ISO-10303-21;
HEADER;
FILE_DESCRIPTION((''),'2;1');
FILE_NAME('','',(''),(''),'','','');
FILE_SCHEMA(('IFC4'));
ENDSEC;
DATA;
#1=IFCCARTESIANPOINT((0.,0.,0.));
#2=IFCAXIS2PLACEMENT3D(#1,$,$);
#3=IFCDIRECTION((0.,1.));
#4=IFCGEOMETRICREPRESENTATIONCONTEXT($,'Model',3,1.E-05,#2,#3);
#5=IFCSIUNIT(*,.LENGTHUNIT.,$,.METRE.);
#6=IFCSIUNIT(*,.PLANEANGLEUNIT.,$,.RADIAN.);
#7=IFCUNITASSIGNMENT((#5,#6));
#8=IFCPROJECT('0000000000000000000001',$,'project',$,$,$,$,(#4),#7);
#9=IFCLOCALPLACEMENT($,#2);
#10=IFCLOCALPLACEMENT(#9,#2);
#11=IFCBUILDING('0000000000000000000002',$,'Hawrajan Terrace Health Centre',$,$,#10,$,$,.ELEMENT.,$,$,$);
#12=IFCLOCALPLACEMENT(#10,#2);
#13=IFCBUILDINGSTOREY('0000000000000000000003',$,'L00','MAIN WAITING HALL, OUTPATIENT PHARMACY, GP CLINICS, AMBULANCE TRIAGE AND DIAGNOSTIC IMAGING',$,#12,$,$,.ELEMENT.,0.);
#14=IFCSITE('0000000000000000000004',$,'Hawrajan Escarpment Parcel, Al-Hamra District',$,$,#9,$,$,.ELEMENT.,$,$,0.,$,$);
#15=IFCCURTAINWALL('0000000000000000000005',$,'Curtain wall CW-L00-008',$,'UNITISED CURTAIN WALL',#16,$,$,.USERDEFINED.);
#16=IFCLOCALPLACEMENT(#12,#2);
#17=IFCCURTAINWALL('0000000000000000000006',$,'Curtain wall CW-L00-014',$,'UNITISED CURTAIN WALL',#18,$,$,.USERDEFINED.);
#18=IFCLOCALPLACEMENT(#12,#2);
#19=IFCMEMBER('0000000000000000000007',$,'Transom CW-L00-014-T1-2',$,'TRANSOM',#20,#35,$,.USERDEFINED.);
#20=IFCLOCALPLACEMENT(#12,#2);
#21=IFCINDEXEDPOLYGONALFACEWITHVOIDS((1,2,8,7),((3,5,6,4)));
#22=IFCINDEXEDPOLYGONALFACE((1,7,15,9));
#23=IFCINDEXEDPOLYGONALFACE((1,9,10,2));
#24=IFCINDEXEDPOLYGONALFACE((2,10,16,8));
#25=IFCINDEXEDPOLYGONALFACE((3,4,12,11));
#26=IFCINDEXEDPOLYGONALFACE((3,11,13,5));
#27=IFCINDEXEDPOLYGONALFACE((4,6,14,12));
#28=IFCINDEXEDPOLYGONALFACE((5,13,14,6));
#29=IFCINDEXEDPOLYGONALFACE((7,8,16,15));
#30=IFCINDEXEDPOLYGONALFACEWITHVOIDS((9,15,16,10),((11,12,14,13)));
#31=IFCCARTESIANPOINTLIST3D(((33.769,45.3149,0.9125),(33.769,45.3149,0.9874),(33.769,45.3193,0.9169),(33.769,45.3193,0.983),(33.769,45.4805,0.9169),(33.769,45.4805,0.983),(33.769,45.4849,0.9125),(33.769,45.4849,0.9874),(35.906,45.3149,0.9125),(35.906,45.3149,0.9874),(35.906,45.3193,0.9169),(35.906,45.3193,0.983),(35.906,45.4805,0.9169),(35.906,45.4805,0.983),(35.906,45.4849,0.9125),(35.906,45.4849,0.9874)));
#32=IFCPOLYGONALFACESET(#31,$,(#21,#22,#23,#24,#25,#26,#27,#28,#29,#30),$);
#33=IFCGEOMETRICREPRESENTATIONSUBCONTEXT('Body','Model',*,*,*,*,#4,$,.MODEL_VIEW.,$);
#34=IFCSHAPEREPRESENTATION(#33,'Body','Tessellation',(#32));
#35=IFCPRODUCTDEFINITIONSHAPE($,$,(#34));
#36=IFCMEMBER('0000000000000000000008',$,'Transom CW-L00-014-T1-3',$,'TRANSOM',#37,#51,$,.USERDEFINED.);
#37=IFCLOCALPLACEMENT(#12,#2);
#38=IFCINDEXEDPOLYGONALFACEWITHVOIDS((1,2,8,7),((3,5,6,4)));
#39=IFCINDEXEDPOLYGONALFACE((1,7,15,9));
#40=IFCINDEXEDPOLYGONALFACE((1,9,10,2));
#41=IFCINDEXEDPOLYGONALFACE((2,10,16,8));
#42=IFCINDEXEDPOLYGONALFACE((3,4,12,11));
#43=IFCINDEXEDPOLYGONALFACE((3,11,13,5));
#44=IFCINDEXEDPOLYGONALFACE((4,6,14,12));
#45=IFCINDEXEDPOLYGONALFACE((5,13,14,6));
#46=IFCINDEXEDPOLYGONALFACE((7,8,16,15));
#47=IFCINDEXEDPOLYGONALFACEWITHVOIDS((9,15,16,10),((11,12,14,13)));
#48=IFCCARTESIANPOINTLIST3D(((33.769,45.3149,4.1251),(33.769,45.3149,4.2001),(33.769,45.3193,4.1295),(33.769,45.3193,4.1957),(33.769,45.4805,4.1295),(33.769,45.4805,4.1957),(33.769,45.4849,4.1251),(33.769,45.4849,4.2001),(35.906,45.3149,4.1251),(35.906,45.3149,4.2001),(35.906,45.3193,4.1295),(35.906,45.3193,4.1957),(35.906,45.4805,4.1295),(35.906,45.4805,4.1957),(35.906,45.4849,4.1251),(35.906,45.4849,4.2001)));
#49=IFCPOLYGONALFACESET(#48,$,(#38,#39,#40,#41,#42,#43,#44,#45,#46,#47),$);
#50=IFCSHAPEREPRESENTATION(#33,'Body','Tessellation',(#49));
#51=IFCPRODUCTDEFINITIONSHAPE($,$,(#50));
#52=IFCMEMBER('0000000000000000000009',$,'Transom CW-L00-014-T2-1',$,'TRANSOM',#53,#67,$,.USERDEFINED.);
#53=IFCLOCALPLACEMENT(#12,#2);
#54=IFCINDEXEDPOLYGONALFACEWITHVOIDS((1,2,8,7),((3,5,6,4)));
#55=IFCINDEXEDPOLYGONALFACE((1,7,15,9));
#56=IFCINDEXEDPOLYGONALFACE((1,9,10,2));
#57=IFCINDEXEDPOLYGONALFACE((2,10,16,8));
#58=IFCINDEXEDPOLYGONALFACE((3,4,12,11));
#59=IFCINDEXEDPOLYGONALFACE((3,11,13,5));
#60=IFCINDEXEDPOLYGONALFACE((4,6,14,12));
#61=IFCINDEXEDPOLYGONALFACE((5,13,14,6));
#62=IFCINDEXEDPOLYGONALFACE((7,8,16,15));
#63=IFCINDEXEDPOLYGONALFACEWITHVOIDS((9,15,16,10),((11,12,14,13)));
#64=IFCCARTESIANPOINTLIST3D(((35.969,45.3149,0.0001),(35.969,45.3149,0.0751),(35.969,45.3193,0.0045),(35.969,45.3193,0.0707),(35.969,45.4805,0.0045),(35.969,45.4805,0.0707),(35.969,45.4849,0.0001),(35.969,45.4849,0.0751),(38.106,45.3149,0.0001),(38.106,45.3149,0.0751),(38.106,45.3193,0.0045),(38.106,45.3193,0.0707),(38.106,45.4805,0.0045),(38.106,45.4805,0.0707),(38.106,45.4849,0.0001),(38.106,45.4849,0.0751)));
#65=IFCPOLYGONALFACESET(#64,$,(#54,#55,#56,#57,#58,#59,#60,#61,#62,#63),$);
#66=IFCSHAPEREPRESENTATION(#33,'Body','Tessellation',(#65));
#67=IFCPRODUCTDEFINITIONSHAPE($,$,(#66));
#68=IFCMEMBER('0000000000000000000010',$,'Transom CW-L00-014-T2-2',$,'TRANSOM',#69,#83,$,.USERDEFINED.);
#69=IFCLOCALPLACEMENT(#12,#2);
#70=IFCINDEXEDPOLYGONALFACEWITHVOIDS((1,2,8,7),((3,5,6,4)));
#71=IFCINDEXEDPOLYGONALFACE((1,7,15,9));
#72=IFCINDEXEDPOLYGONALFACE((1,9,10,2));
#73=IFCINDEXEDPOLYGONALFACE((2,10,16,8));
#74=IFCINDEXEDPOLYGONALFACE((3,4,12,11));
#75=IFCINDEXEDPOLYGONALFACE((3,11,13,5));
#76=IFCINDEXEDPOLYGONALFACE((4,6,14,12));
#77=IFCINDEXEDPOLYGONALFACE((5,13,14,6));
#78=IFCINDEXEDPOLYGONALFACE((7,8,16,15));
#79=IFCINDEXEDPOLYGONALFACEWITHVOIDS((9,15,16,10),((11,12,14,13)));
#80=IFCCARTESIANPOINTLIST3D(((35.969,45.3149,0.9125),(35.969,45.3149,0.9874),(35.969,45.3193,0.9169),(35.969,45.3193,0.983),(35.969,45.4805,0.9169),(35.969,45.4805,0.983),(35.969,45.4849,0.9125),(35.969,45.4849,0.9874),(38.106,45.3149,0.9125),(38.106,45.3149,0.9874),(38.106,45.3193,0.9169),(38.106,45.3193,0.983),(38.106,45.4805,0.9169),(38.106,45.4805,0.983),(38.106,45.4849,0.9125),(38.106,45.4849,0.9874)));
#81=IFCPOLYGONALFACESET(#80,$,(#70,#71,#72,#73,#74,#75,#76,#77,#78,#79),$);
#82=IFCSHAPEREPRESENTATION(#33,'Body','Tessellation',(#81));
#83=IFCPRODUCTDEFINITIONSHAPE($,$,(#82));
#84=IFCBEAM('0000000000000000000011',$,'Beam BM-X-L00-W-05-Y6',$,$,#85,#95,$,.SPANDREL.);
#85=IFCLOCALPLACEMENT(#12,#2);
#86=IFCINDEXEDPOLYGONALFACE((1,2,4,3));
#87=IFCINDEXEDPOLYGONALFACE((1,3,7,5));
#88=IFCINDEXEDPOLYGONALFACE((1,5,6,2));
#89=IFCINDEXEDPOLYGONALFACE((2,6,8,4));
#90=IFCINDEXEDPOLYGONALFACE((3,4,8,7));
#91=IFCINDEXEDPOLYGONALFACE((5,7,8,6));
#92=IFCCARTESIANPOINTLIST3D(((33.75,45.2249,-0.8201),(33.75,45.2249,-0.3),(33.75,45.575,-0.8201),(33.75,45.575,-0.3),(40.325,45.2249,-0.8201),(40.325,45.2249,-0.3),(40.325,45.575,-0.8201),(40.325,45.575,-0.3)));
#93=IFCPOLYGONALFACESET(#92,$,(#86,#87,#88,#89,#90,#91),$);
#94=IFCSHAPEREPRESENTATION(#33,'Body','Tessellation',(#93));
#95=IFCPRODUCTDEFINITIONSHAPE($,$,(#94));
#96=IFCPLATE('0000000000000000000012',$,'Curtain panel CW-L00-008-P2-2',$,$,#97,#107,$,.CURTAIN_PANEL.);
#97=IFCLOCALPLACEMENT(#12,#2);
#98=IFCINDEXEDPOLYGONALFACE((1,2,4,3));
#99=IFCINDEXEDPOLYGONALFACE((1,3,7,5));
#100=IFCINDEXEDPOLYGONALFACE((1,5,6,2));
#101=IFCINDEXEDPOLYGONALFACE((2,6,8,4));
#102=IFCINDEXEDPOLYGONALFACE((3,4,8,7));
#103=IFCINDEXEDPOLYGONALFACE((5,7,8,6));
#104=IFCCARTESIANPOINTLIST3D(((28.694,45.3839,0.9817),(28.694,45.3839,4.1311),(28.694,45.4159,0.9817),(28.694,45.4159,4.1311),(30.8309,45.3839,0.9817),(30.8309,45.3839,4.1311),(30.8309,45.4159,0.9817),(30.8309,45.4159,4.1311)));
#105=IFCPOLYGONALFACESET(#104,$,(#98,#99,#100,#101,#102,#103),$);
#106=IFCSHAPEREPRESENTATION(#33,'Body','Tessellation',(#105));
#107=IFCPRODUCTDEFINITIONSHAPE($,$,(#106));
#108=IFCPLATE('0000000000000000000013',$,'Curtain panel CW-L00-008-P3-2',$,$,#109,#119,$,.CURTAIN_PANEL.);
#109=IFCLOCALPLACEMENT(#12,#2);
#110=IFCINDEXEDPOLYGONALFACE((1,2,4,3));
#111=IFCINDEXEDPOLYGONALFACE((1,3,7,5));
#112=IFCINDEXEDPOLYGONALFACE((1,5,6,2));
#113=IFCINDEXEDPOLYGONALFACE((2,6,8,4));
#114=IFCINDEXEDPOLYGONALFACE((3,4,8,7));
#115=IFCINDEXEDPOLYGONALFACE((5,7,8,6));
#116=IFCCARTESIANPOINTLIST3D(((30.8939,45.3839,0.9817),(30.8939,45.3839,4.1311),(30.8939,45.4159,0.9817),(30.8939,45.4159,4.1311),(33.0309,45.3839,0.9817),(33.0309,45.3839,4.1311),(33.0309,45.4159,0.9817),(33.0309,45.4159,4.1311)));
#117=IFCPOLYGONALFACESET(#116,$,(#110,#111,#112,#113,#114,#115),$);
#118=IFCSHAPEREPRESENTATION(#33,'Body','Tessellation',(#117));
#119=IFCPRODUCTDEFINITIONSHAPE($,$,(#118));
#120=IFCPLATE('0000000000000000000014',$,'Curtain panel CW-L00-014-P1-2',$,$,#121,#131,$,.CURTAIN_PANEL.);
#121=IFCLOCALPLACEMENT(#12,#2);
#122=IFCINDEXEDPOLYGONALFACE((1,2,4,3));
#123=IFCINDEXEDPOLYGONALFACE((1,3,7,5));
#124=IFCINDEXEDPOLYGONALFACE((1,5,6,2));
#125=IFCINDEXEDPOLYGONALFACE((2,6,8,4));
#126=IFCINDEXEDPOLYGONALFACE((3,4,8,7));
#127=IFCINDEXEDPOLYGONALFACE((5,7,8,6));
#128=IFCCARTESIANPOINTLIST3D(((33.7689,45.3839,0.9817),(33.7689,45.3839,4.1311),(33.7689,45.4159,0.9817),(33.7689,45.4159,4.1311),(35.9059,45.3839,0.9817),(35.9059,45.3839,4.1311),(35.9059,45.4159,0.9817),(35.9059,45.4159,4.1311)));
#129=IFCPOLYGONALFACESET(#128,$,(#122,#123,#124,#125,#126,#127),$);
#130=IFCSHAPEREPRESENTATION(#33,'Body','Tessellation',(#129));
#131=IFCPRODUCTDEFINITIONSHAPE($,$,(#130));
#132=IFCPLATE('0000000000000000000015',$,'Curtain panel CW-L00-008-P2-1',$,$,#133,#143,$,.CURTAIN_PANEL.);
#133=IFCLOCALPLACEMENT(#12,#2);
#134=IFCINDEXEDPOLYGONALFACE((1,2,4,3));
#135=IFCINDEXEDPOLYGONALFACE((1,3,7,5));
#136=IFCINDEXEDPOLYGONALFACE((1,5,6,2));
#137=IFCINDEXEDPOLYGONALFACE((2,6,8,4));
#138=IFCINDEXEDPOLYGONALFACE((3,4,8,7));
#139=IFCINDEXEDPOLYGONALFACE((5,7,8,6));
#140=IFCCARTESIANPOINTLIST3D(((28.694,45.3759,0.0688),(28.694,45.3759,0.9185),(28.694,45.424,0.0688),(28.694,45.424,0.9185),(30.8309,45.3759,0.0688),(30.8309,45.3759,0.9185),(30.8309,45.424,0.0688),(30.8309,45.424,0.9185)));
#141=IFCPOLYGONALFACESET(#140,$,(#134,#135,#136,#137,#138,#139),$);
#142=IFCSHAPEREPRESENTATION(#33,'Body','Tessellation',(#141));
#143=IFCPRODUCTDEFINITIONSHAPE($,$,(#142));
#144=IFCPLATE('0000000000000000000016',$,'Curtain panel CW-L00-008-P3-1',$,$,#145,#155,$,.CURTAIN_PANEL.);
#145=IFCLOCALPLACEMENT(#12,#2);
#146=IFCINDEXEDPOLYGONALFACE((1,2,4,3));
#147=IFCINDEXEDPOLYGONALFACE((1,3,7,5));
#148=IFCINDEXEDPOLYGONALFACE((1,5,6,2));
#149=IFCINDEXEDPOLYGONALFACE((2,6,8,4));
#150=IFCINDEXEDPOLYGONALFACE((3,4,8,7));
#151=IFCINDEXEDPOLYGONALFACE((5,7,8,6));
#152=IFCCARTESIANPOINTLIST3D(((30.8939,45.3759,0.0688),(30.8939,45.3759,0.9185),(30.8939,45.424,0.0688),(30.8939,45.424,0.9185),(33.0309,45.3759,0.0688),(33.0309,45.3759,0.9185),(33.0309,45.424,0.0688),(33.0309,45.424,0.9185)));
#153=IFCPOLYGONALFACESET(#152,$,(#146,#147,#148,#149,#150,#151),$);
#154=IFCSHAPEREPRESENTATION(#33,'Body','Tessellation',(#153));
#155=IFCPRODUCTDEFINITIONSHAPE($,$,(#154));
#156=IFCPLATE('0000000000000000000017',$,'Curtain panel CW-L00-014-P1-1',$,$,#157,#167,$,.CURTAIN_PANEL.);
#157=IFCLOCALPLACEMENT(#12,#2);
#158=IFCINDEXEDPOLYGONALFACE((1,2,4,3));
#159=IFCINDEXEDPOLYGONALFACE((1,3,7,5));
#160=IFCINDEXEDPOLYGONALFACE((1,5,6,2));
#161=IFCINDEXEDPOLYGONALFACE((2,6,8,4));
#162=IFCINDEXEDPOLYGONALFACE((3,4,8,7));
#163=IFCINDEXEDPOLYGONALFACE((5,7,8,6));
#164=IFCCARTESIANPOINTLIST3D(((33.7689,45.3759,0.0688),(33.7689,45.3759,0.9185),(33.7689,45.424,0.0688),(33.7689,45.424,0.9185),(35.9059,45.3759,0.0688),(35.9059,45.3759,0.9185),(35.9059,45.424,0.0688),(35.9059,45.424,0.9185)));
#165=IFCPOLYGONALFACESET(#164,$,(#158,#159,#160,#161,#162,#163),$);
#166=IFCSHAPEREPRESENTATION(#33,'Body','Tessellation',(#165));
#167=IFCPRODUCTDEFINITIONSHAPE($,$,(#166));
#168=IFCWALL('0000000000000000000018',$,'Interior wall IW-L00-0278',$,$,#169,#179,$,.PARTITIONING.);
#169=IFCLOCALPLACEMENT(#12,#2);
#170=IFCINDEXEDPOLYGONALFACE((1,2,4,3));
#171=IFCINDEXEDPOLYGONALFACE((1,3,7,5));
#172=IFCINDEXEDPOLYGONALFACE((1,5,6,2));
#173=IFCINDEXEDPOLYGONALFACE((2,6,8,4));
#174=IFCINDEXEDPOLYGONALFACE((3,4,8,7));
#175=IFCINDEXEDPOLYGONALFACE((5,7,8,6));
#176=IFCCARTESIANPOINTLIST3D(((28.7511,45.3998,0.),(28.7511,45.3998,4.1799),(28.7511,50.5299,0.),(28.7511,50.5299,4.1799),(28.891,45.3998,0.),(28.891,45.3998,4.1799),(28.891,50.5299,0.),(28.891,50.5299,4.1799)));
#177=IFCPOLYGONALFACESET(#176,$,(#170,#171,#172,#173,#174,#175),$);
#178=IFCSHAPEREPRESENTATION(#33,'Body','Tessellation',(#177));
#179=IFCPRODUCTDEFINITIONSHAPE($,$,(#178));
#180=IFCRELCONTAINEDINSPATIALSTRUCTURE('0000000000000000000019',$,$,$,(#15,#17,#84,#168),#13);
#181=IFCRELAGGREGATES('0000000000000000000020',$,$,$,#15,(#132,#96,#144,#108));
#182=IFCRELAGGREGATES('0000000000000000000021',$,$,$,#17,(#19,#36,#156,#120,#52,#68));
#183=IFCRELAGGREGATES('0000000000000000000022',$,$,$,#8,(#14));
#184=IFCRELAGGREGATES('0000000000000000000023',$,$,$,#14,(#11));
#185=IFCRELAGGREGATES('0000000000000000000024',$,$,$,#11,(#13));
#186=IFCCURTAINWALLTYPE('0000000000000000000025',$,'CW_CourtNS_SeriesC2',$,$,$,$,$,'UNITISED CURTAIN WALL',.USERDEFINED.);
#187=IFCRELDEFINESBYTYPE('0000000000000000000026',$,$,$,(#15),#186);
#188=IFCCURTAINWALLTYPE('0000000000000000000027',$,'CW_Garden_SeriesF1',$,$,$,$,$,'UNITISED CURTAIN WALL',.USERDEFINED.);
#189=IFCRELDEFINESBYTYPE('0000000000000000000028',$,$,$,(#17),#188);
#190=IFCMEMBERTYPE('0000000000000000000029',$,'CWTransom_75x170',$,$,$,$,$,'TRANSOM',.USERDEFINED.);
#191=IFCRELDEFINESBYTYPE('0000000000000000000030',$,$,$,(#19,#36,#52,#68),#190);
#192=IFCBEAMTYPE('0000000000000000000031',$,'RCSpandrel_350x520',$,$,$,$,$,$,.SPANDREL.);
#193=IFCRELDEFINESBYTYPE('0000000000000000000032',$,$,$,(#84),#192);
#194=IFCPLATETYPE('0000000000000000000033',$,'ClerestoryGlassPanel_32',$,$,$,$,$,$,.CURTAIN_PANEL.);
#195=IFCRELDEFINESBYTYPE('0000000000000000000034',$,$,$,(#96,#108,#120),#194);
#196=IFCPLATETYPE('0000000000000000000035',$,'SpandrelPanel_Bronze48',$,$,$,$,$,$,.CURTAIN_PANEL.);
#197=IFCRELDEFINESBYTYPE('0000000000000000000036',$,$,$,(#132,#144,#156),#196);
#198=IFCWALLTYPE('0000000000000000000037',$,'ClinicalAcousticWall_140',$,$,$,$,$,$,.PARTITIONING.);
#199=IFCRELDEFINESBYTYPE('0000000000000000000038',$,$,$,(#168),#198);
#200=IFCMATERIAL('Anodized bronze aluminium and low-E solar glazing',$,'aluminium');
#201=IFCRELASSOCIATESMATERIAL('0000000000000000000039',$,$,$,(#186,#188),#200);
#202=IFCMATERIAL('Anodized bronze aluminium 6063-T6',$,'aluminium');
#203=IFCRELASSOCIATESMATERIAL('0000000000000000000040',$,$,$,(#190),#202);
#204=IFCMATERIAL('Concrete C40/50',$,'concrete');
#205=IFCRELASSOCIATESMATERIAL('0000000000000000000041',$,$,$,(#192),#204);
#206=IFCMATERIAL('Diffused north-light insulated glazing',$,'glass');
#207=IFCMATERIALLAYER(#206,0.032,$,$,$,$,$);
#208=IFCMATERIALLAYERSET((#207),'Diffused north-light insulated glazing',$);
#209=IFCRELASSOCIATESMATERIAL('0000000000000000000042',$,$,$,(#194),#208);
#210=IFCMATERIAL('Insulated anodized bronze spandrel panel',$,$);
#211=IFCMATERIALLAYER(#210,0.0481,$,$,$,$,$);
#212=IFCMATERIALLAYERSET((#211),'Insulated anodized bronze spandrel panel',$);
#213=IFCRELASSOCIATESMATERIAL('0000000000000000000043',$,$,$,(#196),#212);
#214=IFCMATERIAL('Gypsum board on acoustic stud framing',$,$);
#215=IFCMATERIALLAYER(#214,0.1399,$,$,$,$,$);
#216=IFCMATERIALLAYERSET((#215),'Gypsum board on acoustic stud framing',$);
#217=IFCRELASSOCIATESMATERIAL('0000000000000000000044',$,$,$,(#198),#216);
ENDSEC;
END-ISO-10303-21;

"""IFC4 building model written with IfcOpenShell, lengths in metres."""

from ifc_helpers import new_model, si_unit, direction, frame, frame_2d, origin, origin_2d, place, context, subcontext, project, spatial, rectangle, hollow_rectangle, extrude, material, layer, layer_set, material_profile, profile_set, type_object, element, aggregate, save


model = new_model("IFC4")

# Units and contexts
model_context = context("Model", 3, precision=1e-05, world=origin(), true_north=direction((0.0, 1.0)))
body_context = subcontext(model_context, "Body", "Model", "MODEL_VIEW")
ifc_project = project(units=[si_unit("LENGTHUNIT", "METRE"), si_unit("PLANEANGLEUNIT", "RADIAN")], contexts=[model_context])

# Site, building, storey
site_placement = place(None, origin())
site = spatial("IfcSite", under=ifc_project, at=site_placement, Name="Hawrajan Escarpment Parcel, Al-Hamra District", CompositionType="ELEMENT", RefElevation=0.0)
building_placement = place(site_placement, origin())
building = spatial("IfcBuilding", under=site, at=building_placement, Name="Hawrajan Terrace Health Centre", CompositionType="ELEMENT")
storey_placement = place(building_placement, origin())
storey = spatial("IfcBuildingStorey", under=building, at=storey_placement, Name="L00", Description="MAIN WAITING HALL, OUTPATIENT PHARMACY, GP CLINICS, AMBULANCE TRIAGE AND DIAGNOSTIC IMAGING", CompositionType="ELEMENT", Elevation=0.0)

# Shared definitions
ifc_material_1 = material(Name="Concrete C40/50", Category="concrete")

# Curtain walls
ifc_material_2 = material(Name="Anodized bronze aluminium and low-E solar glazing", Category="aluminium")
curtain_wall_type_1 = type_object("IfcCurtainWallType", Name="CW_CourtNS_SeriesC2", ElementType="UNITISED CURTAIN WALL", PredefinedType="USERDEFINED", material=ifc_material_2)
curtain_wall_1_placement = place(storey_placement, origin())
curtain_wall_1 = element("IfcCurtainWall", 1, at=curtain_wall_1_placement, inside=storey, type_object=curtain_wall_type_1, Name="Curtain wall CW-L00-008", ObjectType="UNITISED CURTAIN WALL", PredefinedType="USERDEFINED")
ifc_material_3 = material(Name="Anodized bronze aluminium 6063-T6", Category="aluminium")
curtain_wall_type_2 = type_object("IfcCurtainWallType", Name="CW_Garden_SeriesF1", ElementType="UNITISED CURTAIN WALL", PredefinedType="USERDEFINED", material=ifc_material_2)
curtain_wall_2_placement = place(storey_placement, origin())
curtain_wall_2 = element("IfcCurtainWall", 2, at=curtain_wall_2_placement, inside=storey, type_object=curtain_wall_type_2, Name="Curtain wall CW-L00-014", ObjectType="UNITISED CURTAIN WALL", PredefinedType="USERDEFINED")

# Members
ifc_material_profile_1 = material_profile(ifc_material_3, hollow_rectangle(XDim=0.075, YDim=0.1699, WallThickness=0.0044, at=origin_2d()), Name="CW TRN 75x170")
ifc_profile_set_1 = profile_set([ifc_material_profile_1], Name="Anodized bronze aluminium 6063-T6")
member_type_1 = type_object("IfcMemberType", Name="CWTransom_75x170", ElementType="TRANSOM", PredefinedType="USERDEFINED", material=ifc_profile_set_1)
member_1_placement = place(storey_placement, frame((33.769, 45.3999, 0.95), z_axis=(1.0, 0.0, 0.0), x_axis=(0.0, 0.0, 1.0)))
member_1 = element("IfcMember", 3, at=member_1_placement, type_object=member_type_1, Name="Transom CW-L00-014-T1-2", ObjectType="TRANSOM", PredefinedType="USERDEFINED", context=body_context, shape_type="SweptSolid", body=[
    extrude(hollow_rectangle(XDim=0.075, YDim=0.1699, WallThickness=0.0044, at=origin_2d()), origin(), (0.0, 0.0, 1.0), 2.137),
])
member_2_placement = place(storey_placement, frame((33.769, 45.3999, 4.1626), z_axis=(1.0, 0.0, 0.0), x_axis=(0.0, 0.0, 1.0)))
member_2 = element("IfcMember", 4, at=member_2_placement, type_object=member_type_1, Name="Transom CW-L00-014-T1-3", ObjectType="TRANSOM", PredefinedType="USERDEFINED", context=body_context, shape_type="SweptSolid", body=[
    extrude(hollow_rectangle(XDim=0.075, YDim=0.1699, WallThickness=0.0044, at=origin_2d()), origin(), (0.0, 0.0, 1.0), 2.137),
])
member_3_placement = place(storey_placement, frame((35.969, 45.3999, 0.0376), z_axis=(1.0, 0.0, 0.0), x_axis=(0.0, 0.0, 1.0)))
member_3 = element("IfcMember", 5, at=member_3_placement, type_object=member_type_1, Name="Transom CW-L00-014-T2-1", ObjectType="TRANSOM", PredefinedType="USERDEFINED", context=body_context, shape_type="SweptSolid", body=[
    extrude(hollow_rectangle(XDim=0.075, YDim=0.1699, WallThickness=0.0044, at=origin_2d()), origin(), (0.0, 0.0, 1.0), 2.137),
])
member_4_placement = place(storey_placement, frame((35.969, 45.3999, 0.95), z_axis=(1.0, 0.0, 0.0), x_axis=(0.0, 0.0, 1.0)))
member_4 = element("IfcMember", 6, at=member_4_placement, type_object=member_type_1, Name="Transom CW-L00-014-T2-2", ObjectType="TRANSOM", PredefinedType="USERDEFINED", context=body_context, shape_type="SweptSolid", body=[
    extrude(hollow_rectangle(XDim=0.075, YDim=0.1699, WallThickness=0.0044, at=origin_2d()), origin(), (0.0, 0.0, 1.0), 2.137),
])

# Beam
ifc_material_profile_2 = material_profile(ifc_material_1, rectangle(XDim=0.3501, YDim=0.52, at=origin_2d()), Name="RC SP 350x520")
ifc_profile_set_2 = profile_set([ifc_material_profile_2], Name="Concrete C40/50")
beam_type = type_object("IfcBeamType", Name="RCSpandrel_350x520", PredefinedType="SPANDREL", material=ifc_profile_set_2)
beam_placement = place(storey_placement, frame((33.75, 45.3999, -0.5601), z_axis=(1.0, 0.0, 0.0), x_axis=(0.0, 1.0, 0.0)))
element("IfcBeam", 7, at=beam_placement, inside=storey, type_object=beam_type, Name="Beam BM-X-L00-W-05-Y6", PredefinedType="SPANDREL", context=body_context, shape_type="SweptSolid", body=[
    extrude(rectangle(XDim=0.3501, YDim=0.52, at=origin_2d()), origin(), (0.0, 0.0, 1.0), 6.575),
])

# Plates
ifc_material_4 = material(Name="Diffused north-light insulated glazing", Category="glass")
ifc_layer_1 = layer(ifc_material_4, 0.032)
ifc_layer_set_1 = layer_set([ifc_layer_1], Name="Diffused north-light insulated glazing")
plate_type_1 = type_object("IfcPlateType", Name="ClerestoryGlassPanel_32", PredefinedType="CURTAIN_PANEL", material=ifc_layer_set_1)
plate_1_placement = place(storey_placement, frame((29.7625, 45.3999, 0.9817), z_axis=(0.0, 0.0, 1.0), x_axis=(1.0, 0.0, 0.0)))
plate_1 = element("IfcPlate", 8, at=plate_1_placement, type_object=plate_type_1, Name="Curtain panel CW-L00-008-P2-2", PredefinedType="CURTAIN_PANEL", context=body_context, shape_type="SweptSolid", body=[
    extrude(rectangle(XDim=2.137, YDim=0.032, at=origin_2d()), origin(), (0.0, 0.0, 1.0), 3.1494),
])
plate_2_placement = place(storey_placement, frame((31.9624, 45.3999, 0.9817), z_axis=(0.0, 0.0, 1.0), x_axis=(1.0, 0.0, 0.0)))
plate_2 = element("IfcPlate", 9, at=plate_2_placement, type_object=plate_type_1, Name="Curtain panel CW-L00-008-P3-2", PredefinedType="CURTAIN_PANEL", context=body_context, shape_type="SweptSolid", body=[
    extrude(rectangle(XDim=2.137, YDim=0.032, at=origin_2d()), origin(), (0.0, 0.0, 1.0), 3.1494),
])
plate_3_placement = place(storey_placement, frame((34.8374, 45.3999, 0.9817), z_axis=(0.0, 0.0, 1.0), x_axis=(1.0, 0.0, 0.0)))
plate_3 = element("IfcPlate", 10, at=plate_3_placement, type_object=plate_type_1, Name="Curtain panel CW-L00-014-P1-2", PredefinedType="CURTAIN_PANEL", context=body_context, shape_type="SweptSolid", body=[
    extrude(rectangle(XDim=2.137, YDim=0.032, at=origin_2d()), origin(), (0.0, 0.0, 1.0), 3.1494),
])
ifc_material_5 = material(Name="Insulated anodized bronze spandrel panel")
ifc_layer_2 = layer(ifc_material_5, 0.0481)
ifc_layer_set_2 = layer_set([ifc_layer_2], Name="Insulated anodized bronze spandrel panel")
plate_type_2 = type_object("IfcPlateType", Name="SpandrelPanel_Bronze48", PredefinedType="CURTAIN_PANEL", material=ifc_layer_set_2)
plate_4_placement = place(storey_placement, frame((29.7625, 45.3999, 0.0688), z_axis=(0.0, 0.0, 1.0), x_axis=(1.0, 0.0, 0.0)))
plate_4 = element("IfcPlate", 11, at=plate_4_placement, type_object=plate_type_2, Name="Curtain panel CW-L00-008-P2-1", PredefinedType="CURTAIN_PANEL", context=body_context, shape_type="SweptSolid", body=[
    extrude(rectangle(XDim=2.137, YDim=0.0481, at=origin_2d()), origin(), (0.0, 0.0, 1.0), 0.8496),
])
plate_5_placement = place(storey_placement, frame((31.9624, 45.3999, 0.0688), z_axis=(0.0, 0.0, 1.0), x_axis=(1.0, 0.0, 0.0)))
plate_5 = element("IfcPlate", 12, at=plate_5_placement, type_object=plate_type_2, Name="Curtain panel CW-L00-008-P3-1", PredefinedType="CURTAIN_PANEL", context=body_context, shape_type="SweptSolid", body=[
    extrude(rectangle(XDim=2.137, YDim=0.0481, at=origin_2d()), origin(), (0.0, 0.0, 1.0), 0.8496),
])
aggregate(curtain_wall_1, [plate_4, plate_1, plate_5, plate_2])
plate_6_placement = place(storey_placement, frame((34.8374, 45.3999, 0.0688), z_axis=(0.0, 0.0, 1.0), x_axis=(1.0, 0.0, 0.0)))
plate_6 = element("IfcPlate", 13, at=plate_6_placement, type_object=plate_type_2, Name="Curtain panel CW-L00-014-P1-1", PredefinedType="CURTAIN_PANEL", context=body_context, shape_type="SweptSolid", body=[
    extrude(rectangle(XDim=2.137, YDim=0.0481, at=origin_2d()), origin(), (0.0, 0.0, 1.0), 0.8496),
])
aggregate(curtain_wall_2, [member_1, member_2, plate_6, plate_3, member_3, member_4])

# Wall
ifc_material_6 = material(Name="Gypsum board on acoustic stud framing")
ifc_layer_3 = layer(ifc_material_6, 0.1399)
ifc_layer_set_3 = layer_set([ifc_layer_3], Name="Gypsum board on acoustic stud framing")
wall_type = type_object("IfcWallType", Name="ClinicalAcousticWall_140", PredefinedType="PARTITIONING", material=ifc_layer_set_3)
wall_placement = place(storey_placement, frame((28.821, 45.3999, 0.0), z_axis=(0.0, 0.0, 1.0), x_axis=(0.0, 1.0, 0.0)))
element("IfcWall", 14, at=wall_placement, inside=storey, type_object=wall_type, Name="Interior wall IW-L00-0278", PredefinedType="PARTITIONING", context=body_context, shape_type="SweptSolid", body=[
    extrude(rectangle(XDim=5.1301, YDim=0.1399, at=frame_2d((2.5649, 0.0))), origin(), (0.0, 0.0, 1.0), 4.1799),
])

save(model, "model.ifc")
